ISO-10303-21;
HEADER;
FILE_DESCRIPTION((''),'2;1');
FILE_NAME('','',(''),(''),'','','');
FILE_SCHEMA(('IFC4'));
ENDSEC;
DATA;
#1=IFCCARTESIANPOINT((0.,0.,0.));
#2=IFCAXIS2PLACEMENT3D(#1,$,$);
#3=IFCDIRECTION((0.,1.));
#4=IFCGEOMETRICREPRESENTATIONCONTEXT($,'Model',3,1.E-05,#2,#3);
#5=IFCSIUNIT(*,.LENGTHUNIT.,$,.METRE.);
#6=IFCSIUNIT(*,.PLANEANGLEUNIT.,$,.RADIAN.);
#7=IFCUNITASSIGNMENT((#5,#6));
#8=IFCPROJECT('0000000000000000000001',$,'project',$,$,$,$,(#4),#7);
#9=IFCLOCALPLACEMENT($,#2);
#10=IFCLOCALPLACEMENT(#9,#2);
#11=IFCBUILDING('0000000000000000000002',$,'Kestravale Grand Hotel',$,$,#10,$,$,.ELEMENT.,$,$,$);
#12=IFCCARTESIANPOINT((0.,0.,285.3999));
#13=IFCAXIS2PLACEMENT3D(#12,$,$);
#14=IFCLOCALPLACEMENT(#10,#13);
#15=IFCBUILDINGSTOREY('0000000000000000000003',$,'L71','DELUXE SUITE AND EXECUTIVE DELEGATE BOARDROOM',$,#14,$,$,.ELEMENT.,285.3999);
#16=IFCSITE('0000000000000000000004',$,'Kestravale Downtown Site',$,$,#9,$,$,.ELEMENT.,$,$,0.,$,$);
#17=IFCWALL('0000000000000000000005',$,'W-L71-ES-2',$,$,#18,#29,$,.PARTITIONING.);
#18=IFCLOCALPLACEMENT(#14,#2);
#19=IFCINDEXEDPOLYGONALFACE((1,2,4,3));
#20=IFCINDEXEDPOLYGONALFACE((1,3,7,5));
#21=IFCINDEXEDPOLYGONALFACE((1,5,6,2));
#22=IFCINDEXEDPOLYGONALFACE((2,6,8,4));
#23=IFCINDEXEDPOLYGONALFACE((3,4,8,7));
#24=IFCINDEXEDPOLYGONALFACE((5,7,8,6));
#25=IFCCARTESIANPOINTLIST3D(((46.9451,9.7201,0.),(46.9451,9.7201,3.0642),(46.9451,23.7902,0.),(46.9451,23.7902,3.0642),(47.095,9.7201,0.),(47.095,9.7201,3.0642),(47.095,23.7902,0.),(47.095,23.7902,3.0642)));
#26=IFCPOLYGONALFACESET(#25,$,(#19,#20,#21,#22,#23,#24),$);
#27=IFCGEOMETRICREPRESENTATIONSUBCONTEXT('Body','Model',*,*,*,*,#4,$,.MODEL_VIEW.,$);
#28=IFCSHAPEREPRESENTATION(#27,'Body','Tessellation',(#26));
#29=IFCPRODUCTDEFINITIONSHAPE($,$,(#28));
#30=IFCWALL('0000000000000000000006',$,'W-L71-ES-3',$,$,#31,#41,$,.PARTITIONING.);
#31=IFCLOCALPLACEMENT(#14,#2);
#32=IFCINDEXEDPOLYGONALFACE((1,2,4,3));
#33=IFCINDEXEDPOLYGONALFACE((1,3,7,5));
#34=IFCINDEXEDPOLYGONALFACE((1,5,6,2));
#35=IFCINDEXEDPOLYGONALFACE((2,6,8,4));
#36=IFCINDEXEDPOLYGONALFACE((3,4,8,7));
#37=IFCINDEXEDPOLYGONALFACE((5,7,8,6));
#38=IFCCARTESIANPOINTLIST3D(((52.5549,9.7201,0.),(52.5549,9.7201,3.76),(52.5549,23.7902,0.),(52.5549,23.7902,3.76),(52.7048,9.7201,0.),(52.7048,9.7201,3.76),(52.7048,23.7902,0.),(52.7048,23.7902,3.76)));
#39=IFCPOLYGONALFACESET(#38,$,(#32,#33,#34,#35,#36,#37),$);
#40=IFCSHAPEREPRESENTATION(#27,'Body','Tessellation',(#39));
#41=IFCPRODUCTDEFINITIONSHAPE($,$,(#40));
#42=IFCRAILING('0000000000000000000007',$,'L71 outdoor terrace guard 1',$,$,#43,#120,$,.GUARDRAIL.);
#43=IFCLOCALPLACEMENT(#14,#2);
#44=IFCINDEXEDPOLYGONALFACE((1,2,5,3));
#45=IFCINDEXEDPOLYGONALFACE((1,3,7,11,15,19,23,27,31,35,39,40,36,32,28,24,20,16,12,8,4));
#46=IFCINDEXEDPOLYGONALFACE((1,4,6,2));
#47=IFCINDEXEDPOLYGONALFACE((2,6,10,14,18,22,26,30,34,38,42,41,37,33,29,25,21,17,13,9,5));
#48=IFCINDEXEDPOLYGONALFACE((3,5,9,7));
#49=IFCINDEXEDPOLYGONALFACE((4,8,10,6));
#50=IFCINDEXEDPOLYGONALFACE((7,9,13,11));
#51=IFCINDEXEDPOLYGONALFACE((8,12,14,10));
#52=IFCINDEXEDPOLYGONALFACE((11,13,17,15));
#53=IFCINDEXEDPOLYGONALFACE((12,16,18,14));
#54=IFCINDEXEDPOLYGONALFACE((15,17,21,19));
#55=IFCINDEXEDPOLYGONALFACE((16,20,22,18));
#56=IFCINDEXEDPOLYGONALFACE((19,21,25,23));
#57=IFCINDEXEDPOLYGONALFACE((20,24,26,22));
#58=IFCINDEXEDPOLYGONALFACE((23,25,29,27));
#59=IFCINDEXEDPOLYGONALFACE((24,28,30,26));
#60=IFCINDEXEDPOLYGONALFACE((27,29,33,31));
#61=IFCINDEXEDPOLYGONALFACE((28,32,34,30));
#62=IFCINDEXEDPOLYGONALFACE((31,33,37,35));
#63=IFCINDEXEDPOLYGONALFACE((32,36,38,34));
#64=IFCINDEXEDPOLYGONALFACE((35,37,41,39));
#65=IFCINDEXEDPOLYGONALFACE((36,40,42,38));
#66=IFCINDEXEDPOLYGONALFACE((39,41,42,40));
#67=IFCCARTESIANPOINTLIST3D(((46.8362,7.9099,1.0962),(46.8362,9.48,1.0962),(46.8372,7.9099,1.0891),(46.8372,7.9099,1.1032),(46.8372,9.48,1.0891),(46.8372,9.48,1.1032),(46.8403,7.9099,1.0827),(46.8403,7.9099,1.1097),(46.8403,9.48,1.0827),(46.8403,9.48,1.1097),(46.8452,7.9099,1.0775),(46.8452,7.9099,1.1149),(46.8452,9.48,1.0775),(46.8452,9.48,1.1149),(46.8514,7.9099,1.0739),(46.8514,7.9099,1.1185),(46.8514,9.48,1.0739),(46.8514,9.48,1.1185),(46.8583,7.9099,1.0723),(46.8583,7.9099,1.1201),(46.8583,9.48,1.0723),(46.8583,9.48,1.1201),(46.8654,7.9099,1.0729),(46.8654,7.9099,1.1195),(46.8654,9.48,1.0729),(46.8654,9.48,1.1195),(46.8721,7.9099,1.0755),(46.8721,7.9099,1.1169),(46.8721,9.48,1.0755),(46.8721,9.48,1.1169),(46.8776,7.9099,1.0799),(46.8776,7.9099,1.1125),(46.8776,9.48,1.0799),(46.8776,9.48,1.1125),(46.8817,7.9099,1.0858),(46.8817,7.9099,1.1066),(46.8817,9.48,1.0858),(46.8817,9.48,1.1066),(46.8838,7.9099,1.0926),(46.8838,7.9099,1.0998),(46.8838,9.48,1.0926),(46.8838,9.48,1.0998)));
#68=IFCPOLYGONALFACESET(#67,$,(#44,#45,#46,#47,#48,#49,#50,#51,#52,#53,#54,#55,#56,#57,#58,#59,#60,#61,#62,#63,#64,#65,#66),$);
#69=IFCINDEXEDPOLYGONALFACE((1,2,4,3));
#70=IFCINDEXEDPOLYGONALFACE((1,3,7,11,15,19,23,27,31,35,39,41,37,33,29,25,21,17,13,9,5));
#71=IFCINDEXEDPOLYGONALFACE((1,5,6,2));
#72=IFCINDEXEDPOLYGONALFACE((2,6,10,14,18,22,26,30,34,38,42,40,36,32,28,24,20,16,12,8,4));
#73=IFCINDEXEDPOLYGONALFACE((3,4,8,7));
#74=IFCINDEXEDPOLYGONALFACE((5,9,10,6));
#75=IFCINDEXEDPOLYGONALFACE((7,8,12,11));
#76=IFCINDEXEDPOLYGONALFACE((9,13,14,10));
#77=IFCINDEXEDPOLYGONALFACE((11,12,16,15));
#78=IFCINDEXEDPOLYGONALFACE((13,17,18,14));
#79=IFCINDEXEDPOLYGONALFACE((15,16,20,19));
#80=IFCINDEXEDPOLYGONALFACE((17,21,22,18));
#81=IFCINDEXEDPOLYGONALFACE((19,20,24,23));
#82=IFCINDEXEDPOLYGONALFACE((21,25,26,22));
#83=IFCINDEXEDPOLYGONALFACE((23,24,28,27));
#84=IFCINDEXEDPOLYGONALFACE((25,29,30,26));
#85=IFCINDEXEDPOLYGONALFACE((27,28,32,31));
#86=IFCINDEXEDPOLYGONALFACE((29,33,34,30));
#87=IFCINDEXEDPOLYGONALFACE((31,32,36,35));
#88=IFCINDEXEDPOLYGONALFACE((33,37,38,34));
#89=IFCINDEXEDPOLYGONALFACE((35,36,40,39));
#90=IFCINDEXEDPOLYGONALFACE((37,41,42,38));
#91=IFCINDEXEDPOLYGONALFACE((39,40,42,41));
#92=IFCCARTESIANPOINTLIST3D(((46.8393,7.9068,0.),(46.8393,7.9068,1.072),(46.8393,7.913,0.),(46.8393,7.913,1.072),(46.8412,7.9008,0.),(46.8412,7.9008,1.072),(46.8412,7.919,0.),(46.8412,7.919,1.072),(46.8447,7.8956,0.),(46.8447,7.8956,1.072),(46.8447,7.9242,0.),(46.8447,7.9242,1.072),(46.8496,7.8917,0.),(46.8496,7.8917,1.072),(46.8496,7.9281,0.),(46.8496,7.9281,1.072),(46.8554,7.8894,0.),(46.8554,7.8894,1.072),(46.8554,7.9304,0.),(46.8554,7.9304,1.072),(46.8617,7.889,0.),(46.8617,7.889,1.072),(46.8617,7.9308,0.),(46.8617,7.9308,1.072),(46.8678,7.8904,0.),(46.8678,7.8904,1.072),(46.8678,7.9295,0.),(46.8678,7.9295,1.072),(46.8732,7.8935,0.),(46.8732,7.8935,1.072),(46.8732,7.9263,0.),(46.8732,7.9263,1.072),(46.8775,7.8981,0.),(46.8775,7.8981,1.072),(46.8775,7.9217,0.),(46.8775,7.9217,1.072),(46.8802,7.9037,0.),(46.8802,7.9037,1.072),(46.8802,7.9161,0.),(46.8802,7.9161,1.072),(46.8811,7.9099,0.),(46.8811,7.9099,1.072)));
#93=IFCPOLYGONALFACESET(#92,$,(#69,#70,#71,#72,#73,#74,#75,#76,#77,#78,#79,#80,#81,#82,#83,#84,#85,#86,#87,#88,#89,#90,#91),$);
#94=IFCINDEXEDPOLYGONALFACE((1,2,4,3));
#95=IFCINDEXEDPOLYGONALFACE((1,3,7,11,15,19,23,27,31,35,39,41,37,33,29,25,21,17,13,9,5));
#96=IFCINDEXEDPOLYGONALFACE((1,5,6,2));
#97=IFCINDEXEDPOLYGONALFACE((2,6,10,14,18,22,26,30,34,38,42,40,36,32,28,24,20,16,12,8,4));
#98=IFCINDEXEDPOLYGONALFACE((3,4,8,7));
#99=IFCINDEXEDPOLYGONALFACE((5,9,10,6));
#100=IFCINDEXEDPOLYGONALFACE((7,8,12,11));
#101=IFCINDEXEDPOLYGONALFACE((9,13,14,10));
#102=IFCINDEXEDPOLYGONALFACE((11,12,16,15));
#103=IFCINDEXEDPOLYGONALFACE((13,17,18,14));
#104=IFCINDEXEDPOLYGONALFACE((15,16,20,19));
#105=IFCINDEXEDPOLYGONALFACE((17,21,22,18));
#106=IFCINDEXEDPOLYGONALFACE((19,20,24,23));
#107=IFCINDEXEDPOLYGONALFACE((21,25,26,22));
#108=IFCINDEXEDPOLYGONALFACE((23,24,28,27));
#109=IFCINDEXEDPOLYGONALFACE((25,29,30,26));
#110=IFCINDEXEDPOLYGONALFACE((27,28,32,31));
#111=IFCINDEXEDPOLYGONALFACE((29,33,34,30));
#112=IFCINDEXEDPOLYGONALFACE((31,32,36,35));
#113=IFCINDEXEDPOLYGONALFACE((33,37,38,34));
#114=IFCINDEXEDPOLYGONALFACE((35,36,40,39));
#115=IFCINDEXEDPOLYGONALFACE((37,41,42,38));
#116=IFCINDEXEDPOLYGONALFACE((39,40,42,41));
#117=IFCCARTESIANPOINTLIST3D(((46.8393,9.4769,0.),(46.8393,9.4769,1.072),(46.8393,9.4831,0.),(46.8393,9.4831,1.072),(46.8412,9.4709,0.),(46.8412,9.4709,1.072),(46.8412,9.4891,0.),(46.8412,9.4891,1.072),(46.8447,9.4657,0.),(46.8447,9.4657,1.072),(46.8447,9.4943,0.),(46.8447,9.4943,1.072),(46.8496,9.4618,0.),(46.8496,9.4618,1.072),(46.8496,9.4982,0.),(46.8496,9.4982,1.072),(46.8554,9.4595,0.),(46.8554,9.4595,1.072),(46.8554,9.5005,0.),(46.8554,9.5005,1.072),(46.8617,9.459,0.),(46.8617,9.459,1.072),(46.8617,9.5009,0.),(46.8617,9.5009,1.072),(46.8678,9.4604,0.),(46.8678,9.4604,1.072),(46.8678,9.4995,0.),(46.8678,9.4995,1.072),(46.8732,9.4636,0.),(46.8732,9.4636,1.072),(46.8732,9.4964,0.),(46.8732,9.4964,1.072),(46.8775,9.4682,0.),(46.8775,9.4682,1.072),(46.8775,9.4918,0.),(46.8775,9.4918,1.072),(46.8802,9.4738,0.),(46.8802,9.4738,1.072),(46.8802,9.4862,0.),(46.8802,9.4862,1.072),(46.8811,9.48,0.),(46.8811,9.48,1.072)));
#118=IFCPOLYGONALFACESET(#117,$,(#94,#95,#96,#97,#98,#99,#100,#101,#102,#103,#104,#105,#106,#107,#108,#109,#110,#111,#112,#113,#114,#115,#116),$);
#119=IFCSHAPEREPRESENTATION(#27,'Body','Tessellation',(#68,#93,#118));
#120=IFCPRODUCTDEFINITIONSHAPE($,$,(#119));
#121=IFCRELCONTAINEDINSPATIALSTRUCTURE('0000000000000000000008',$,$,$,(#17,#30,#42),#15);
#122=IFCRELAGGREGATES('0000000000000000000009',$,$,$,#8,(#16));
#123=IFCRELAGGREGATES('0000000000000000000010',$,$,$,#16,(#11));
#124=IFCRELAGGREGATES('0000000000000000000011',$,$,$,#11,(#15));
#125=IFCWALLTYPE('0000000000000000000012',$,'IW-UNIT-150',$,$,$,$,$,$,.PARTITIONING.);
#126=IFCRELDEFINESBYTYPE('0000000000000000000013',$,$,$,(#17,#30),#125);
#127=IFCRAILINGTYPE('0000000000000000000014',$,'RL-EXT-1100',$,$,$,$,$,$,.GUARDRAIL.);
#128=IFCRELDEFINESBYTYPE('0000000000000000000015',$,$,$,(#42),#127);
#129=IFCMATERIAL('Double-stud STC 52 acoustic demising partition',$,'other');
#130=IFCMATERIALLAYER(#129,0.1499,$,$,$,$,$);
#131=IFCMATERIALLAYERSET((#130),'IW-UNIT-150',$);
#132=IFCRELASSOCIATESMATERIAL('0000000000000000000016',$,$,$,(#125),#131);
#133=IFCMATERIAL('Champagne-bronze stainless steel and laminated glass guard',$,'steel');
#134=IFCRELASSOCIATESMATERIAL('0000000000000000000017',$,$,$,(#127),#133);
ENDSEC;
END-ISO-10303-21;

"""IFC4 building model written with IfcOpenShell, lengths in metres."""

from ifc_helpers import new_model, si_unit, direction, frame, frame_2d, origin, origin_2d, place, context, subcontext, project, spatial, rectangle, circle, extrude, material, layer, layer_set, type_object, element, save


model = new_model("IFC4")

# Units and contexts
model_context = context("Model", 3, precision=1e-05, world=origin(), true_north=direction((0.0, 1.0)))
body_context = subcontext(model_context, "Body", "Model", "MODEL_VIEW")
ifc_project = project(units=[si_unit("LENGTHUNIT", "METRE"), si_unit("PLANEANGLEUNIT", "RADIAN")], contexts=[model_context])

# Site, building, storey
site_placement = place(None, origin())
site = spatial("IfcSite", under=ifc_project, at=site_placement, Name="Kestravale Downtown Site", CompositionType="ELEMENT", RefElevation=0.0)
building_placement = place(site_placement, origin())
building = spatial("IfcBuilding", under=site, at=building_placement, Name="Kestravale Grand Hotel", CompositionType="ELEMENT")
storey_placement = place(building_placement, frame((0.0, 0.0, 285.3999)))
storey = spatial("IfcBuildingStorey", under=building, at=storey_placement, Name="L71", Description="DELUXE SUITE AND EXECUTIVE DELEGATE BOARDROOM", CompositionType="ELEMENT", Elevation=285.3999)

# Walls
ifc_material_1 = material(Name="Double-stud STC 52 acoustic demising partition", Category="other")
ifc_layer_1 = layer(ifc_material_1, 0.1499)
ifc_layer_set_1 = layer_set([ifc_layer_1], Name="IW-UNIT-150")
wall_type_1 = type_object("IfcWallType", Name="IW-UNIT-150", PredefinedType="PARTITIONING", material=ifc_layer_set_1)
wall_1_placement = place(storey_placement, frame((47.02, 9.72, 0.0), z_axis=(0.0, 0.0, 1.0), x_axis=(0.0, 1.0, 0.0)))
element("IfcWall", 1, at=wall_1_placement, inside=storey, type_object=wall_type_1, Name="W-L71-ES-2", PredefinedType="PARTITIONING", context=body_context, shape_type="SweptSolid", body=[
    extrude(rectangle(XDim=14.0701, YDim=0.1499, at=frame_2d((7.0352, 0.0))), origin(), (0.0, 0.0, 1.0), 3.0642),
])
wall_2_placement = place(storey_placement, frame((52.6299, 9.72, 0.0), z_axis=(0.0, 0.0, 1.0), x_axis=(0.0, 1.0, 0.0)))
element("IfcWall", 2, at=wall_2_placement, inside=storey, type_object=wall_type_1, Name="W-L71-ES-3", PredefinedType="PARTITIONING", context=body_context, shape_type="SweptSolid", body=[
    extrude(rectangle(XDim=14.0701, YDim=0.1499, at=frame_2d((7.0352, 0.0))), origin(), (0.0, 0.0, 1.0), 3.76),
])

# Railing
ifc_material_2 = material(Name="Champagne-bronze stainless steel and laminated glass guard", Category="steel")
railing_type = type_object("IfcRailingType", Name="RL-EXT-1100", PredefinedType="GUARDRAIL", material=ifc_material_2)
railing_1_placement = place(storey_placement, frame((46.8601, 7.9099, 0.0)))
element("IfcRailing", 3, at=railing_1_placement, inside=storey, type_object=railing_type, Name="L71 outdoor terrace guard 1", PredefinedType="GUARDRAIL", context=body_context, shape_type="SweptSolid", body=[
    extrude(circle(Radius=0.0239, at=origin_2d()), frame((0.0, 0.0, 1.0962), z_axis=(0.0, 1.0, 0.0), x_axis=(-1.0, 0.0, 0.0)), (0.0, 0.0, 1.0), 1.5701),
    extrude(circle(Radius=0.021, at=origin_2d()), origin(), (0.0, 0.0, 1.0), 1.072),
    extrude(circle(Radius=0.021, at=origin_2d()), frame((0.0, 1.5701, 0.0)), (0.0, 0.0, 1.0), 1.072),
])

save(model, "model.ifc")
